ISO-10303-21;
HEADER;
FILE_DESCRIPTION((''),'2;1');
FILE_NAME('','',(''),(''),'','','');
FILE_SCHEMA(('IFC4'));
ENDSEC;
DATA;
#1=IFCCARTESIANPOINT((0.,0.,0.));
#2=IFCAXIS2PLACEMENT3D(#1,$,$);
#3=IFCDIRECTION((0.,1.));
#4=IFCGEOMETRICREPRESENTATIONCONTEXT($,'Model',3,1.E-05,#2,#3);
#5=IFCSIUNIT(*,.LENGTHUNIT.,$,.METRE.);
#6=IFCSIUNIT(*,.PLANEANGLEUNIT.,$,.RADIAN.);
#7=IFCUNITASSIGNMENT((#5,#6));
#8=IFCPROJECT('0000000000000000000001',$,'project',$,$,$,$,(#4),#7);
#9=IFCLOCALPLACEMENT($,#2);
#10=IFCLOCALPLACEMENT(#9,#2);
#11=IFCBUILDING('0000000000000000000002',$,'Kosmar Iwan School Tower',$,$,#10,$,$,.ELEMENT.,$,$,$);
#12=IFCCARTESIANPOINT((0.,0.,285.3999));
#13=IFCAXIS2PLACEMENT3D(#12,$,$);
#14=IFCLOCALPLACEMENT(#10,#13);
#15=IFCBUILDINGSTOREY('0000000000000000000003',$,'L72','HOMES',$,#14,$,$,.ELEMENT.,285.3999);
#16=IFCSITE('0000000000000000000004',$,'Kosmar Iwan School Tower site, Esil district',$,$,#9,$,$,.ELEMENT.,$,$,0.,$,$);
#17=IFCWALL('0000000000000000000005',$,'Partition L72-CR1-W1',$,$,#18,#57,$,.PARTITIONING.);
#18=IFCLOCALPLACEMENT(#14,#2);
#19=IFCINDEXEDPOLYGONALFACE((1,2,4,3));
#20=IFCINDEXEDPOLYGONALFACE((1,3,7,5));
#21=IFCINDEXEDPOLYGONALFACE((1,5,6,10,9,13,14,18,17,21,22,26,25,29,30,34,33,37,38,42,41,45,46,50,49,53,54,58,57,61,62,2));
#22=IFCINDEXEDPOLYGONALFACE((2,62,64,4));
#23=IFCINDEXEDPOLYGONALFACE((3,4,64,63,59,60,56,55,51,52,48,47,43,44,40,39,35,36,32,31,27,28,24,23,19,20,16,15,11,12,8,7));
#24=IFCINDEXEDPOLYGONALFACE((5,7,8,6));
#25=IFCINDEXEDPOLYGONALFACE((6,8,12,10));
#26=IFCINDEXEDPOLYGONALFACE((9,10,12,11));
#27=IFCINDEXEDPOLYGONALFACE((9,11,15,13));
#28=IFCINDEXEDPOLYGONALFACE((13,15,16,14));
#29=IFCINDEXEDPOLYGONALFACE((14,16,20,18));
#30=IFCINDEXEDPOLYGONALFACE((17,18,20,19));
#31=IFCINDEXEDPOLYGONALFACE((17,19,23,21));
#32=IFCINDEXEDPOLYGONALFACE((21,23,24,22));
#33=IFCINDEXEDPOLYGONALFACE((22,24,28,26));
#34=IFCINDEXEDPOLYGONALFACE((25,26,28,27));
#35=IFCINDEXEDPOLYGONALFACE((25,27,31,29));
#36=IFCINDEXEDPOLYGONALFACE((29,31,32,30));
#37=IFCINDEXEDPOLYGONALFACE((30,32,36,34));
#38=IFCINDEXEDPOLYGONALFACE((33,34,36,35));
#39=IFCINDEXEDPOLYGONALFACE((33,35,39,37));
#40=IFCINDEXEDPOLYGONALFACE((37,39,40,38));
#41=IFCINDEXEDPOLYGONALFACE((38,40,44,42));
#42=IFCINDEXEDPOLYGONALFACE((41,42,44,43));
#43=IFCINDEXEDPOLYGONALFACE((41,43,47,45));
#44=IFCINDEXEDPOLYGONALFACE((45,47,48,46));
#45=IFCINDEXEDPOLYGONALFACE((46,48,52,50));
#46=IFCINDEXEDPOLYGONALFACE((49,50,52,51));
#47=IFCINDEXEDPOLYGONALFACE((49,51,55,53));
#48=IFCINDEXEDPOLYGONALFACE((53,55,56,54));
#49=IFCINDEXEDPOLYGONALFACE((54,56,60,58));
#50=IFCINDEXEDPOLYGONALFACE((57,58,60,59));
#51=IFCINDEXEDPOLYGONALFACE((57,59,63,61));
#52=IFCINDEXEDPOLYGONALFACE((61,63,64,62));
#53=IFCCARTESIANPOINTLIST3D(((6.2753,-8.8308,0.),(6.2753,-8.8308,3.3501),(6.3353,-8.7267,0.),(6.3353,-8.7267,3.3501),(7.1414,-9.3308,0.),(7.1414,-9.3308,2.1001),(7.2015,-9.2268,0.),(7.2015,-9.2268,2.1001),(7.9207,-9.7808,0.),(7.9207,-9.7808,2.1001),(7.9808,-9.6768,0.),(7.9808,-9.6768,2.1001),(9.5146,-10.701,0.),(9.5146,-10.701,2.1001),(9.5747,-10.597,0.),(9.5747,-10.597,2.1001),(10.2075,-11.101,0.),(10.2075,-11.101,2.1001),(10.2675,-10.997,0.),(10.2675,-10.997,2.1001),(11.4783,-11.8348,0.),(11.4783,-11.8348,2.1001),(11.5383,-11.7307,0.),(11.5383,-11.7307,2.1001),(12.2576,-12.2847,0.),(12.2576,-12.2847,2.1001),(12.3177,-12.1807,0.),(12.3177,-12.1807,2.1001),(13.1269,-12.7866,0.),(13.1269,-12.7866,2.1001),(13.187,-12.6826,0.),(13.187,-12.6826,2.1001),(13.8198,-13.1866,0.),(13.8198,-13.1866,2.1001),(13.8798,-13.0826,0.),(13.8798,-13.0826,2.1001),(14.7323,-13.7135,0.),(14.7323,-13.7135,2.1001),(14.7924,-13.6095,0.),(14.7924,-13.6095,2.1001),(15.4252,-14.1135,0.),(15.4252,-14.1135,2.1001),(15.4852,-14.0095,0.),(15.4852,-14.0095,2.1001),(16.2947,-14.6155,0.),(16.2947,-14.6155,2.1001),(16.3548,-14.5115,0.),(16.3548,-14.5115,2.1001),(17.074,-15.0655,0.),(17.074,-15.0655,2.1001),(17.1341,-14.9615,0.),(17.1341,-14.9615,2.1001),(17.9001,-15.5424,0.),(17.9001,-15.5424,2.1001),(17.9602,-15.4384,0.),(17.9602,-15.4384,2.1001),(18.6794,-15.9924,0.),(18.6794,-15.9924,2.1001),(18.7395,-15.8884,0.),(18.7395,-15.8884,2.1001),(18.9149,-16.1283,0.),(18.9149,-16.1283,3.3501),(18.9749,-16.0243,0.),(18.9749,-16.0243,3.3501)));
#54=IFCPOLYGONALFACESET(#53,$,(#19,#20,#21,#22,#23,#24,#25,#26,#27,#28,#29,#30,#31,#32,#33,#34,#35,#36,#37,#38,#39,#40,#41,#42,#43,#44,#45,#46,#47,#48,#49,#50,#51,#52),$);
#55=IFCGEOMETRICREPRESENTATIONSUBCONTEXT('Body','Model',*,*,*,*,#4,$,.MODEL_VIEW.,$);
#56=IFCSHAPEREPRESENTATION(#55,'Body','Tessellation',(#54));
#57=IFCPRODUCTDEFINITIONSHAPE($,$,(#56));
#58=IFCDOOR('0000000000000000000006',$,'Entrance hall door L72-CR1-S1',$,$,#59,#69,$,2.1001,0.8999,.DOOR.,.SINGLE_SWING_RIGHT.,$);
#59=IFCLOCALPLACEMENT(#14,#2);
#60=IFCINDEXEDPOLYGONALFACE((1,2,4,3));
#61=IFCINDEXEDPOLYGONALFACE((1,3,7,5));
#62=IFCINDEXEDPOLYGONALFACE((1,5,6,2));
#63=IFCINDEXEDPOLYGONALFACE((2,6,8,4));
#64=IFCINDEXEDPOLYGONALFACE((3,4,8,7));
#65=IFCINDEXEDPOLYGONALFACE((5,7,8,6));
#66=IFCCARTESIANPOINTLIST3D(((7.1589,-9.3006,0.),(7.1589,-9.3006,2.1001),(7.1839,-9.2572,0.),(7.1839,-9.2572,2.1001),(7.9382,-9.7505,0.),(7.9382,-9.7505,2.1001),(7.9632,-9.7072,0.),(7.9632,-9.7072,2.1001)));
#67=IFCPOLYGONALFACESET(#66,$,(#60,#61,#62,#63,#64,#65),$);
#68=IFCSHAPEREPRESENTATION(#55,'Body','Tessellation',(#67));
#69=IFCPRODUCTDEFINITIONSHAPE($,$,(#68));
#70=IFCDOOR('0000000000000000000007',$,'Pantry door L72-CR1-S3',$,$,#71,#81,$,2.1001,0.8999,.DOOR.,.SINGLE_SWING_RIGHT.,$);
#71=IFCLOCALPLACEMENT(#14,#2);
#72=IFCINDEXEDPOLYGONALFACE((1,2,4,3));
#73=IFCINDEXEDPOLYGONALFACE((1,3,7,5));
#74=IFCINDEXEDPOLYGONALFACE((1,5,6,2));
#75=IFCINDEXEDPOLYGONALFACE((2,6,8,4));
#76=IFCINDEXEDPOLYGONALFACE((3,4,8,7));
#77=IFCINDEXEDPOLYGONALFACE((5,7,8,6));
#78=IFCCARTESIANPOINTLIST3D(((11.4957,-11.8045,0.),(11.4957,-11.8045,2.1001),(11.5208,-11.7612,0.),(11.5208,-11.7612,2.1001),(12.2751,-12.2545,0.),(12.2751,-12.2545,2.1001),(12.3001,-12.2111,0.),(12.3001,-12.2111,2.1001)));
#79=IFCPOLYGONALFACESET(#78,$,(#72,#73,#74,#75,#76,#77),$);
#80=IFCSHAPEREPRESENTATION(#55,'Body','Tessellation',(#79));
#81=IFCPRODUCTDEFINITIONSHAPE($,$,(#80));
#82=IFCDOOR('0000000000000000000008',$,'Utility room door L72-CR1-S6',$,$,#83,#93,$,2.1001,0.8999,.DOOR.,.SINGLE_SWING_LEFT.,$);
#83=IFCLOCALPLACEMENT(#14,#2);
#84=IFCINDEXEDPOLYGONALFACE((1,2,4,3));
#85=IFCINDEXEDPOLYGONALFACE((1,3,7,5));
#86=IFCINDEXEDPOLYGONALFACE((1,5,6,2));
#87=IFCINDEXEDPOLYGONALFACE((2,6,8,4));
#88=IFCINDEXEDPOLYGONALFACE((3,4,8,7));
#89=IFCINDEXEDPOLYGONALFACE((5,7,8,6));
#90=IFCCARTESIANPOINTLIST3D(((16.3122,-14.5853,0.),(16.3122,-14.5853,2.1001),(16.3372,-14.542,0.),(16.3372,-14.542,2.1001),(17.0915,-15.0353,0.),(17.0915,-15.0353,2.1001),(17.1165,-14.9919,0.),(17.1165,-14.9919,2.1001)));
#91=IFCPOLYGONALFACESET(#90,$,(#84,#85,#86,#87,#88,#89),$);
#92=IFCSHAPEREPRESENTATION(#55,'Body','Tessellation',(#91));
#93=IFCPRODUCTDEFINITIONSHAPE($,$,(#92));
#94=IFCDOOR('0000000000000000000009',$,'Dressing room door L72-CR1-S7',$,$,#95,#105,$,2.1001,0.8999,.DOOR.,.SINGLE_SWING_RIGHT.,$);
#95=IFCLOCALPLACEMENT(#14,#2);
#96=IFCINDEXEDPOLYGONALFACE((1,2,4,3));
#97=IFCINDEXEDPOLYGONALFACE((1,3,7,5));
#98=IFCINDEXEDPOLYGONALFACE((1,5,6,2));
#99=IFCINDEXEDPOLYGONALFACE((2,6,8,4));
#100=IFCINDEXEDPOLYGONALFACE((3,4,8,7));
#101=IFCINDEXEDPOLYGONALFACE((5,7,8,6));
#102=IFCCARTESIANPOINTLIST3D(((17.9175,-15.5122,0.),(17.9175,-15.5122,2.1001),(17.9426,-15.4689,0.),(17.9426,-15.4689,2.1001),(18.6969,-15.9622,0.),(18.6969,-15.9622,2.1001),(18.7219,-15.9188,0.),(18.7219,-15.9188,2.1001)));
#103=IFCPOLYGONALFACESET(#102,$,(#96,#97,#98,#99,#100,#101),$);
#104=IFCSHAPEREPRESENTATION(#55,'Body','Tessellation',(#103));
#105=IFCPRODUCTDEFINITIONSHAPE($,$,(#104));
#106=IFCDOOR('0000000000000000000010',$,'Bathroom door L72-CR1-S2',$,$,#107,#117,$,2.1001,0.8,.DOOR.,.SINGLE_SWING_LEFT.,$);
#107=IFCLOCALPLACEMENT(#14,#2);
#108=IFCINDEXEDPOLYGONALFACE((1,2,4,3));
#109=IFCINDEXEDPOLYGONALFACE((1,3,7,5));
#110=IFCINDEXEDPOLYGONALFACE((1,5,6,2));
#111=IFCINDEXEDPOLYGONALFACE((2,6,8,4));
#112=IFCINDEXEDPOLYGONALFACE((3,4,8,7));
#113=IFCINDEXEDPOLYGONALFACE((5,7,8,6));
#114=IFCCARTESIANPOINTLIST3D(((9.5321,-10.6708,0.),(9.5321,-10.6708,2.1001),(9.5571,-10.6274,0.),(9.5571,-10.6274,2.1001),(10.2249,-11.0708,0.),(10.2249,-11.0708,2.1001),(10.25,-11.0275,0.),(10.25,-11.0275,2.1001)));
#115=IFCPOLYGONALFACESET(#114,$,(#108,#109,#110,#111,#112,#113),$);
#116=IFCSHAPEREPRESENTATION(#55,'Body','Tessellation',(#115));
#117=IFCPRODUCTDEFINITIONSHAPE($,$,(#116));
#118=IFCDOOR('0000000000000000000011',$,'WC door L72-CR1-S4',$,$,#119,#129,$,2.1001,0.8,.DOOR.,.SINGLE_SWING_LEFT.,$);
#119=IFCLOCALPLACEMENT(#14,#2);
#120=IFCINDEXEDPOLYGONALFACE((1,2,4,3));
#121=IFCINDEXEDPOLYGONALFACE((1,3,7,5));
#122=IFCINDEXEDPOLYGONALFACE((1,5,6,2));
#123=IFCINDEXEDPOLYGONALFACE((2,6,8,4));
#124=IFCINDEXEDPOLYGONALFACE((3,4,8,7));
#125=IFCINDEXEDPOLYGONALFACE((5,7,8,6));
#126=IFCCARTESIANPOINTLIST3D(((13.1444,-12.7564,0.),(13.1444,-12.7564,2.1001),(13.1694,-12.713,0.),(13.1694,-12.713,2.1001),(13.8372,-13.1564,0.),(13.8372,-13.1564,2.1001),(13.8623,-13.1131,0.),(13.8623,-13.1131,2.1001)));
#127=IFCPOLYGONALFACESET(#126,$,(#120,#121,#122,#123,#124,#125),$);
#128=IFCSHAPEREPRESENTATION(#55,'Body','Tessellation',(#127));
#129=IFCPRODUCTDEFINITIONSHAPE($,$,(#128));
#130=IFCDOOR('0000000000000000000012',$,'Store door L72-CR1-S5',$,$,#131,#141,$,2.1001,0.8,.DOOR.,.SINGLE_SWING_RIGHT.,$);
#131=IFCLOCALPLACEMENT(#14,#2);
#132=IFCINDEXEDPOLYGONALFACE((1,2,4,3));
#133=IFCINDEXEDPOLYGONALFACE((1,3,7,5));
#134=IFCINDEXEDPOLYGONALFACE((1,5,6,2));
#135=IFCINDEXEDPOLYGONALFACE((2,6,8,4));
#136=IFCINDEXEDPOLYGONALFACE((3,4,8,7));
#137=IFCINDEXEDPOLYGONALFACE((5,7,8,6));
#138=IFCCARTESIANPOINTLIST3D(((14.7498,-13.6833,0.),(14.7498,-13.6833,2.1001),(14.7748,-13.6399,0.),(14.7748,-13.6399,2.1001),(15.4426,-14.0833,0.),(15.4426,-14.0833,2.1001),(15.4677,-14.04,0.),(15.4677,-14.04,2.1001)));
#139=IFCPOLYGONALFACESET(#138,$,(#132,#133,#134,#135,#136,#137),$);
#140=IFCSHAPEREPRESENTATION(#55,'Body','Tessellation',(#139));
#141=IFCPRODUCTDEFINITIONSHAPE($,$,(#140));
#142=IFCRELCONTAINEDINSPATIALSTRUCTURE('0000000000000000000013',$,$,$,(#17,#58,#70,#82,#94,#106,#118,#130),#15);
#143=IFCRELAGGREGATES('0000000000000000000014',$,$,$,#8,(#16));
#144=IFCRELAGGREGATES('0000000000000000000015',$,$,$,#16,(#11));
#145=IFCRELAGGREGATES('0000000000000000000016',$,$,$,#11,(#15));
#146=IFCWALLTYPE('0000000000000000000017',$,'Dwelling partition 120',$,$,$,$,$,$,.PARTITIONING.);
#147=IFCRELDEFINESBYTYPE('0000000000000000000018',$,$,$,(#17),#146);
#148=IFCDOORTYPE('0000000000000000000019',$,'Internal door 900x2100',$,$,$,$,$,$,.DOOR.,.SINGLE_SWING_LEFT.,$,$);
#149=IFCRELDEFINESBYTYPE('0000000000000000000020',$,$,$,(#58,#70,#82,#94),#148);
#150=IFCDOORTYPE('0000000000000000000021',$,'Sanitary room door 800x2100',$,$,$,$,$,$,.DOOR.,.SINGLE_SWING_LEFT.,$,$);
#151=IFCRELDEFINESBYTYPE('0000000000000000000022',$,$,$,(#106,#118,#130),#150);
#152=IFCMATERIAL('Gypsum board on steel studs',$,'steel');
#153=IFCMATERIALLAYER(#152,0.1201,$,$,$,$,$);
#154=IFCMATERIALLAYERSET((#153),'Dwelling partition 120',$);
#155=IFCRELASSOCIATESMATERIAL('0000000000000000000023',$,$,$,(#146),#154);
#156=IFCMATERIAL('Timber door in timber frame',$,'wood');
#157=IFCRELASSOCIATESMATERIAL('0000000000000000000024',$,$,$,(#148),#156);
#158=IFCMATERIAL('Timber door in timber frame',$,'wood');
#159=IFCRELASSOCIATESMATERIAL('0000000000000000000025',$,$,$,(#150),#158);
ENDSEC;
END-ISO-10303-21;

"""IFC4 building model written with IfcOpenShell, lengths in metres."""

from ifc_helpers import new_model, si_unit, direction, frame, frame_2d, origin, place, context, subcontext, project, spatial, rectangle, extrude, material, layer, layer_set, type_object, element, fill, save


model = new_model("IFC4")

# Units and contexts
model_context = context("Model", 3, precision=1e-05, world=origin(), true_north=direction((0.0, 1.0)))
body_context = subcontext(model_context, "Body", "Model", "MODEL_VIEW")
ifc_project = project(units=[si_unit("LENGTHUNIT", "METRE"), si_unit("PLANEANGLEUNIT", "RADIAN")], contexts=[model_context])

# Site, building, storey
site_placement = place(None, origin())
site = spatial("IfcSite", under=ifc_project, at=site_placement, Name="Kosmar Iwan School Tower site, Esil district", CompositionType="ELEMENT", RefElevation=0.0)
building_placement = place(site_placement, origin())
building = spatial("IfcBuilding", under=site, at=building_placement, Name="Kosmar Iwan School Tower", CompositionType="ELEMENT")
storey_placement = place(building_placement, frame((0.0, 0.0, 285.3999)))
storey = spatial("IfcBuildingStorey", under=building, at=storey_placement, Name="L72", Description="HOMES", CompositionType="ELEMENT", Elevation=285.3999)

# Wall, openings, doors
ifc_material_1 = material(Name="Gypsum board on steel studs", Category="steel")
ifc_layer_1 = layer(ifc_material_1, 0.1201)
ifc_layer_set_1 = layer_set([ifc_layer_1], Name="Dwelling partition 120")
wall_type_1 = type_object("IfcWallType", Name="Dwelling partition 120", PredefinedType="PARTITIONING", material=ifc_layer_set_1)
wall_1_placement = place(storey_placement, frame((6.3054, -8.7788, 0.0), z_axis=(0.0, 0.0, 1.0), x_axis=(0.866022, -0.500005, 0.0)))
wall_1 = element("IfcWall", 1, at=wall_1_placement, inside=storey, type_object=wall_type_1, Name="Partition L72-CR1-W1", PredefinedType="PARTITIONING", context=body_context, shape_type="SweptSolid", body=[
    extrude(rectangle(XDim=14.595, YDim=0.1201, at=frame_2d((7.2974, 0.0))), origin(), (0.0, 0.0, 1.0), 3.3501),
])
opening_1_placement = place(wall_1_placement, frame((1.0, 0.0, 0.0)))
opening_1 = element("IfcOpeningElement", 2, at=opening_1_placement, cuts=wall_1, PredefinedType="OPENING", context=body_context, shape_type="SweptSolid", body=[
    extrude(rectangle(XDim=0.8999, YDim=2.1001, at=frame_2d((0.45, 1.05))), frame((0.0, 0.072, 0.0), z_axis=(0.0, -1.0, 0.0), x_axis=(1.0, 0.0, 0.0)), (0.0, 0.0, 1.0), 0.144),
])
opening_2_placement = place(wall_1_placement, frame((3.7405, 0.0, 0.0)))
opening_2 = element("IfcOpeningElement", 3, at=opening_2_placement, cuts=wall_1, PredefinedType="OPENING", context=body_context, shape_type="SweptSolid", body=[
    extrude(rectangle(XDim=0.8, YDim=2.1001, at=frame_2d((0.3999, 1.05))), frame((0.0, 0.072, 0.0), z_axis=(0.0, -1.0, 0.0), x_axis=(1.0, 0.0, 0.0)), (0.0, 0.0, 1.0), 0.144),
])
opening_3_placement = place(wall_1_placement, frame((6.0078, 0.0, 0.0)))
opening_3 = element("IfcOpeningElement", 4, at=opening_3_placement, cuts=wall_1, PredefinedType="OPENING", context=body_context, shape_type="SweptSolid", body=[
    extrude(rectangle(XDim=0.8999, YDim=2.1001, at=frame_2d((0.45, 1.05))), frame((0.0, 0.072, 0.0), z_axis=(0.0, -1.0, 0.0), x_axis=(1.0, 0.0, 0.0)), (0.0, 0.0, 1.0), 0.144),
])
opening_4_placement = place(wall_1_placement, frame((7.9116, 0.0, 0.0)))
opening_4 = element("IfcOpeningElement", 5, at=opening_4_placement, cuts=wall_1, PredefinedType="OPENING", context=body_context, shape_type="SweptSolid", body=[
    extrude(rectangle(XDim=0.8, YDim=2.1001, at=frame_2d((0.3999, 1.05))), frame((0.0, 0.072, 0.0), z_axis=(0.0, -1.0, 0.0), x_axis=(1.0, 0.0, 0.0)), (0.0, 0.0, 1.0), 0.144),
])
opening_5_placement = place(wall_1_placement, frame((9.7654, 0.0, 0.0)))
opening_5 = element("IfcOpeningElement", 6, at=opening_5_placement, cuts=wall_1, PredefinedType="OPENING", context=body_context, shape_type="SweptSolid", body=[
    extrude(rectangle(XDim=0.8, YDim=2.1001, at=frame_2d((0.3999, 1.05))), frame((0.0, 0.072, 0.0), z_axis=(0.0, -1.0, 0.0), x_axis=(1.0, 0.0, 0.0)), (0.0, 0.0, 1.0), 0.144),
])
opening_6_placement = place(wall_1_placement, frame((11.5693, 0.0, 0.0)))
opening_6 = element("IfcOpeningElement", 7, at=opening_6_placement, cuts=wall_1, PredefinedType="OPENING", context=body_context, shape_type="SweptSolid", body=[
    extrude(rectangle(XDim=0.8999, YDim=2.1001, at=frame_2d((0.45, 1.05))), frame((0.0, 0.072, 0.0), z_axis=(0.0, -1.0, 0.0), x_axis=(1.0, 0.0, 0.0)), (0.0, 0.0, 1.0), 0.144),
])
opening_7_placement = place(wall_1_placement, frame((13.4231, 0.0, 0.0)))
opening_7 = element("IfcOpeningElement", 8, at=opening_7_placement, cuts=wall_1, PredefinedType="OPENING", context=body_context, shape_type="SweptSolid", body=[
    extrude(rectangle(XDim=0.8999, YDim=2.1001, at=frame_2d((0.45, 1.05))), frame((0.0, 0.072, 0.0), z_axis=(0.0, -1.0, 0.0), x_axis=(1.0, 0.0, 0.0)), (0.0, 0.0, 1.0), 0.144),
])
ifc_material_2 = material(Name="Timber door in timber frame", Category="wood")
door_type_1 = type_object("IfcDoorType", Name="Internal door 900x2100", OperationType="SINGLE_SWING_LEFT", PredefinedType="DOOR", material=ifc_material_2)
door_1_placement = place(opening_1_placement, origin())
door_1 = element("IfcDoor", 9, at=door_1_placement, inside=storey, type_object=door_type_1, Name="Entrance hall door L72-CR1-S1", OperationType="SINGLE_SWING_RIGHT", OverallHeight=2.1001, OverallWidth=0.8999, PredefinedType="DOOR", context=body_context, shape_type="SweptSolid", body=[
    extrude(rectangle(XDim=0.8999, YDim=2.1001, at=frame_2d((0.45, 1.05))), frame((0.0, 0.0249, 0.0), z_axis=(0.0, -1.0, 0.0), x_axis=(1.0, 0.0, 0.0)), (0.0, 0.0, 1.0), 0.05),
])
fill(opening_1, door_1)
door_2_placement = place(opening_3_placement, origin())
door_2 = element("IfcDoor", 10, at=door_2_placement, inside=storey, type_object=door_type_1, Name="Pantry door L72-CR1-S3", OperationType="SINGLE_SWING_RIGHT", OverallHeight=2.1001, OverallWidth=0.8999, PredefinedType="DOOR", context=body_context, shape_type="SweptSolid", body=[
    extrude(rectangle(XDim=0.8999, YDim=2.1001, at=frame_2d((0.45, 1.05))), frame((0.0, 0.0249, 0.0), z_axis=(0.0, -1.0, 0.0), x_axis=(1.0, 0.0, 0.0)), (0.0, 0.0, 1.0), 0.05),
])
fill(opening_3, door_2)
door_3_placement = place(opening_6_placement, origin())
door_3 = element("IfcDoor", 11, at=door_3_placement, inside=storey, type_object=door_type_1, Name="Utility room door L72-CR1-S6", OperationType="SINGLE_SWING_LEFT", OverallHeight=2.1001, OverallWidth=0.8999, PredefinedType="DOOR", context=body_context, shape_type="SweptSolid", body=[
    extrude(rectangle(XDim=0.8999, YDim=2.1001, at=frame_2d((0.45, 1.05))), frame((0.0, 0.0249, 0.0), z_axis=(0.0, -1.0, 0.0), x_axis=(1.0, 0.0, 0.0)), (0.0, 0.0, 1.0), 0.05),
])
fill(opening_6, door_3)
door_4_placement = place(opening_7_placement, origin())
door_4 = element("IfcDoor", 12, at=door_4_placement, inside=storey, type_object=door_type_1, Name="Dressing room door L72-CR1-S7", OperationType="SINGLE_SWING_RIGHT", OverallHeight=2.1001, OverallWidth=0.8999, PredefinedType="DOOR", context=body_context, shape_type="SweptSolid", body=[
    extrude(rectangle(XDim=0.8999, YDim=2.1001, at=frame_2d((0.45, 1.05))), frame((0.0, 0.0249, 0.0), z_axis=(0.0, -1.0, 0.0), x_axis=(1.0, 0.0, 0.0)), (0.0, 0.0, 1.0), 0.05),
])
fill(opening_7, door_4)
ifc_material_3 = material(Name="Timber door in timber frame", Category="wood")
door_type_2 = type_object("IfcDoorType", Name="Sanitary room door 800x2100", OperationType="SINGLE_SWING_LEFT", PredefinedType="DOOR", material=ifc_material_3)
door_5_placement = place(opening_2_placement, origin())
door_5 = element("IfcDoor", 13, at=door_5_placement, inside=storey, type_object=door_type_2, Name="Bathroom door L72-CR1-S2", OperationType="SINGLE_SWING_LEFT", OverallHeight=2.1001, OverallWidth=0.8, PredefinedType="DOOR", context=body_context, shape_type="SweptSolid", body=[
    extrude(rectangle(XDim=0.8, YDim=2.1001, at=frame_2d((0.3999, 1.05))), frame((0.0, 0.0249, 0.0), z_axis=(0.0, -1.0, 0.0), x_axis=(1.0, 0.0, 0.0)), (0.0, 0.0, 1.0), 0.05),
])
fill(opening_2, door_5)
door_6_placement = place(opening_4_placement, origin())
door_6 = element("IfcDoor", 14, at=door_6_placement, inside=storey, type_object=door_type_2, Name="WC door L72-CR1-S4", OperationType="SINGLE_SWING_LEFT", OverallHeight=2.1001, OverallWidth=0.8, PredefinedType="DOOR", context=body_context, shape_type="SweptSolid", body=[
    extrude(rectangle(XDim=0.8, YDim=2.1001, at=frame_2d((0.3999, 1.05))), frame((0.0, 0.0249, 0.0), z_axis=(0.0, -1.0, 0.0), x_axis=(1.0, 0.0, 0.0)), (0.0, 0.0, 1.0), 0.05),
])
fill(opening_4, door_6)
door_7_placement = place(opening_5_placement, origin())
door_7 = element("IfcDoor", 15, at=door_7_placement, inside=storey, type_object=door_type_2, Name="Store door L72-CR1-S5", OperationType="SINGLE_SWING_RIGHT", OverallHeight=2.1001, OverallWidth=0.8, PredefinedType="DOOR", context=body_context, shape_type="SweptSolid", body=[
    extrude(rectangle(XDim=0.8, YDim=2.1001, at=frame_2d((0.3999, 1.05))), frame((0.0, 0.0249, 0.0), z_axis=(0.0, -1.0, 0.0), x_axis=(1.0, 0.0, 0.0)), (0.0, 0.0, 1.0), 0.05),
])
fill(opening_5, door_7)

save(model, "model.ifc")
